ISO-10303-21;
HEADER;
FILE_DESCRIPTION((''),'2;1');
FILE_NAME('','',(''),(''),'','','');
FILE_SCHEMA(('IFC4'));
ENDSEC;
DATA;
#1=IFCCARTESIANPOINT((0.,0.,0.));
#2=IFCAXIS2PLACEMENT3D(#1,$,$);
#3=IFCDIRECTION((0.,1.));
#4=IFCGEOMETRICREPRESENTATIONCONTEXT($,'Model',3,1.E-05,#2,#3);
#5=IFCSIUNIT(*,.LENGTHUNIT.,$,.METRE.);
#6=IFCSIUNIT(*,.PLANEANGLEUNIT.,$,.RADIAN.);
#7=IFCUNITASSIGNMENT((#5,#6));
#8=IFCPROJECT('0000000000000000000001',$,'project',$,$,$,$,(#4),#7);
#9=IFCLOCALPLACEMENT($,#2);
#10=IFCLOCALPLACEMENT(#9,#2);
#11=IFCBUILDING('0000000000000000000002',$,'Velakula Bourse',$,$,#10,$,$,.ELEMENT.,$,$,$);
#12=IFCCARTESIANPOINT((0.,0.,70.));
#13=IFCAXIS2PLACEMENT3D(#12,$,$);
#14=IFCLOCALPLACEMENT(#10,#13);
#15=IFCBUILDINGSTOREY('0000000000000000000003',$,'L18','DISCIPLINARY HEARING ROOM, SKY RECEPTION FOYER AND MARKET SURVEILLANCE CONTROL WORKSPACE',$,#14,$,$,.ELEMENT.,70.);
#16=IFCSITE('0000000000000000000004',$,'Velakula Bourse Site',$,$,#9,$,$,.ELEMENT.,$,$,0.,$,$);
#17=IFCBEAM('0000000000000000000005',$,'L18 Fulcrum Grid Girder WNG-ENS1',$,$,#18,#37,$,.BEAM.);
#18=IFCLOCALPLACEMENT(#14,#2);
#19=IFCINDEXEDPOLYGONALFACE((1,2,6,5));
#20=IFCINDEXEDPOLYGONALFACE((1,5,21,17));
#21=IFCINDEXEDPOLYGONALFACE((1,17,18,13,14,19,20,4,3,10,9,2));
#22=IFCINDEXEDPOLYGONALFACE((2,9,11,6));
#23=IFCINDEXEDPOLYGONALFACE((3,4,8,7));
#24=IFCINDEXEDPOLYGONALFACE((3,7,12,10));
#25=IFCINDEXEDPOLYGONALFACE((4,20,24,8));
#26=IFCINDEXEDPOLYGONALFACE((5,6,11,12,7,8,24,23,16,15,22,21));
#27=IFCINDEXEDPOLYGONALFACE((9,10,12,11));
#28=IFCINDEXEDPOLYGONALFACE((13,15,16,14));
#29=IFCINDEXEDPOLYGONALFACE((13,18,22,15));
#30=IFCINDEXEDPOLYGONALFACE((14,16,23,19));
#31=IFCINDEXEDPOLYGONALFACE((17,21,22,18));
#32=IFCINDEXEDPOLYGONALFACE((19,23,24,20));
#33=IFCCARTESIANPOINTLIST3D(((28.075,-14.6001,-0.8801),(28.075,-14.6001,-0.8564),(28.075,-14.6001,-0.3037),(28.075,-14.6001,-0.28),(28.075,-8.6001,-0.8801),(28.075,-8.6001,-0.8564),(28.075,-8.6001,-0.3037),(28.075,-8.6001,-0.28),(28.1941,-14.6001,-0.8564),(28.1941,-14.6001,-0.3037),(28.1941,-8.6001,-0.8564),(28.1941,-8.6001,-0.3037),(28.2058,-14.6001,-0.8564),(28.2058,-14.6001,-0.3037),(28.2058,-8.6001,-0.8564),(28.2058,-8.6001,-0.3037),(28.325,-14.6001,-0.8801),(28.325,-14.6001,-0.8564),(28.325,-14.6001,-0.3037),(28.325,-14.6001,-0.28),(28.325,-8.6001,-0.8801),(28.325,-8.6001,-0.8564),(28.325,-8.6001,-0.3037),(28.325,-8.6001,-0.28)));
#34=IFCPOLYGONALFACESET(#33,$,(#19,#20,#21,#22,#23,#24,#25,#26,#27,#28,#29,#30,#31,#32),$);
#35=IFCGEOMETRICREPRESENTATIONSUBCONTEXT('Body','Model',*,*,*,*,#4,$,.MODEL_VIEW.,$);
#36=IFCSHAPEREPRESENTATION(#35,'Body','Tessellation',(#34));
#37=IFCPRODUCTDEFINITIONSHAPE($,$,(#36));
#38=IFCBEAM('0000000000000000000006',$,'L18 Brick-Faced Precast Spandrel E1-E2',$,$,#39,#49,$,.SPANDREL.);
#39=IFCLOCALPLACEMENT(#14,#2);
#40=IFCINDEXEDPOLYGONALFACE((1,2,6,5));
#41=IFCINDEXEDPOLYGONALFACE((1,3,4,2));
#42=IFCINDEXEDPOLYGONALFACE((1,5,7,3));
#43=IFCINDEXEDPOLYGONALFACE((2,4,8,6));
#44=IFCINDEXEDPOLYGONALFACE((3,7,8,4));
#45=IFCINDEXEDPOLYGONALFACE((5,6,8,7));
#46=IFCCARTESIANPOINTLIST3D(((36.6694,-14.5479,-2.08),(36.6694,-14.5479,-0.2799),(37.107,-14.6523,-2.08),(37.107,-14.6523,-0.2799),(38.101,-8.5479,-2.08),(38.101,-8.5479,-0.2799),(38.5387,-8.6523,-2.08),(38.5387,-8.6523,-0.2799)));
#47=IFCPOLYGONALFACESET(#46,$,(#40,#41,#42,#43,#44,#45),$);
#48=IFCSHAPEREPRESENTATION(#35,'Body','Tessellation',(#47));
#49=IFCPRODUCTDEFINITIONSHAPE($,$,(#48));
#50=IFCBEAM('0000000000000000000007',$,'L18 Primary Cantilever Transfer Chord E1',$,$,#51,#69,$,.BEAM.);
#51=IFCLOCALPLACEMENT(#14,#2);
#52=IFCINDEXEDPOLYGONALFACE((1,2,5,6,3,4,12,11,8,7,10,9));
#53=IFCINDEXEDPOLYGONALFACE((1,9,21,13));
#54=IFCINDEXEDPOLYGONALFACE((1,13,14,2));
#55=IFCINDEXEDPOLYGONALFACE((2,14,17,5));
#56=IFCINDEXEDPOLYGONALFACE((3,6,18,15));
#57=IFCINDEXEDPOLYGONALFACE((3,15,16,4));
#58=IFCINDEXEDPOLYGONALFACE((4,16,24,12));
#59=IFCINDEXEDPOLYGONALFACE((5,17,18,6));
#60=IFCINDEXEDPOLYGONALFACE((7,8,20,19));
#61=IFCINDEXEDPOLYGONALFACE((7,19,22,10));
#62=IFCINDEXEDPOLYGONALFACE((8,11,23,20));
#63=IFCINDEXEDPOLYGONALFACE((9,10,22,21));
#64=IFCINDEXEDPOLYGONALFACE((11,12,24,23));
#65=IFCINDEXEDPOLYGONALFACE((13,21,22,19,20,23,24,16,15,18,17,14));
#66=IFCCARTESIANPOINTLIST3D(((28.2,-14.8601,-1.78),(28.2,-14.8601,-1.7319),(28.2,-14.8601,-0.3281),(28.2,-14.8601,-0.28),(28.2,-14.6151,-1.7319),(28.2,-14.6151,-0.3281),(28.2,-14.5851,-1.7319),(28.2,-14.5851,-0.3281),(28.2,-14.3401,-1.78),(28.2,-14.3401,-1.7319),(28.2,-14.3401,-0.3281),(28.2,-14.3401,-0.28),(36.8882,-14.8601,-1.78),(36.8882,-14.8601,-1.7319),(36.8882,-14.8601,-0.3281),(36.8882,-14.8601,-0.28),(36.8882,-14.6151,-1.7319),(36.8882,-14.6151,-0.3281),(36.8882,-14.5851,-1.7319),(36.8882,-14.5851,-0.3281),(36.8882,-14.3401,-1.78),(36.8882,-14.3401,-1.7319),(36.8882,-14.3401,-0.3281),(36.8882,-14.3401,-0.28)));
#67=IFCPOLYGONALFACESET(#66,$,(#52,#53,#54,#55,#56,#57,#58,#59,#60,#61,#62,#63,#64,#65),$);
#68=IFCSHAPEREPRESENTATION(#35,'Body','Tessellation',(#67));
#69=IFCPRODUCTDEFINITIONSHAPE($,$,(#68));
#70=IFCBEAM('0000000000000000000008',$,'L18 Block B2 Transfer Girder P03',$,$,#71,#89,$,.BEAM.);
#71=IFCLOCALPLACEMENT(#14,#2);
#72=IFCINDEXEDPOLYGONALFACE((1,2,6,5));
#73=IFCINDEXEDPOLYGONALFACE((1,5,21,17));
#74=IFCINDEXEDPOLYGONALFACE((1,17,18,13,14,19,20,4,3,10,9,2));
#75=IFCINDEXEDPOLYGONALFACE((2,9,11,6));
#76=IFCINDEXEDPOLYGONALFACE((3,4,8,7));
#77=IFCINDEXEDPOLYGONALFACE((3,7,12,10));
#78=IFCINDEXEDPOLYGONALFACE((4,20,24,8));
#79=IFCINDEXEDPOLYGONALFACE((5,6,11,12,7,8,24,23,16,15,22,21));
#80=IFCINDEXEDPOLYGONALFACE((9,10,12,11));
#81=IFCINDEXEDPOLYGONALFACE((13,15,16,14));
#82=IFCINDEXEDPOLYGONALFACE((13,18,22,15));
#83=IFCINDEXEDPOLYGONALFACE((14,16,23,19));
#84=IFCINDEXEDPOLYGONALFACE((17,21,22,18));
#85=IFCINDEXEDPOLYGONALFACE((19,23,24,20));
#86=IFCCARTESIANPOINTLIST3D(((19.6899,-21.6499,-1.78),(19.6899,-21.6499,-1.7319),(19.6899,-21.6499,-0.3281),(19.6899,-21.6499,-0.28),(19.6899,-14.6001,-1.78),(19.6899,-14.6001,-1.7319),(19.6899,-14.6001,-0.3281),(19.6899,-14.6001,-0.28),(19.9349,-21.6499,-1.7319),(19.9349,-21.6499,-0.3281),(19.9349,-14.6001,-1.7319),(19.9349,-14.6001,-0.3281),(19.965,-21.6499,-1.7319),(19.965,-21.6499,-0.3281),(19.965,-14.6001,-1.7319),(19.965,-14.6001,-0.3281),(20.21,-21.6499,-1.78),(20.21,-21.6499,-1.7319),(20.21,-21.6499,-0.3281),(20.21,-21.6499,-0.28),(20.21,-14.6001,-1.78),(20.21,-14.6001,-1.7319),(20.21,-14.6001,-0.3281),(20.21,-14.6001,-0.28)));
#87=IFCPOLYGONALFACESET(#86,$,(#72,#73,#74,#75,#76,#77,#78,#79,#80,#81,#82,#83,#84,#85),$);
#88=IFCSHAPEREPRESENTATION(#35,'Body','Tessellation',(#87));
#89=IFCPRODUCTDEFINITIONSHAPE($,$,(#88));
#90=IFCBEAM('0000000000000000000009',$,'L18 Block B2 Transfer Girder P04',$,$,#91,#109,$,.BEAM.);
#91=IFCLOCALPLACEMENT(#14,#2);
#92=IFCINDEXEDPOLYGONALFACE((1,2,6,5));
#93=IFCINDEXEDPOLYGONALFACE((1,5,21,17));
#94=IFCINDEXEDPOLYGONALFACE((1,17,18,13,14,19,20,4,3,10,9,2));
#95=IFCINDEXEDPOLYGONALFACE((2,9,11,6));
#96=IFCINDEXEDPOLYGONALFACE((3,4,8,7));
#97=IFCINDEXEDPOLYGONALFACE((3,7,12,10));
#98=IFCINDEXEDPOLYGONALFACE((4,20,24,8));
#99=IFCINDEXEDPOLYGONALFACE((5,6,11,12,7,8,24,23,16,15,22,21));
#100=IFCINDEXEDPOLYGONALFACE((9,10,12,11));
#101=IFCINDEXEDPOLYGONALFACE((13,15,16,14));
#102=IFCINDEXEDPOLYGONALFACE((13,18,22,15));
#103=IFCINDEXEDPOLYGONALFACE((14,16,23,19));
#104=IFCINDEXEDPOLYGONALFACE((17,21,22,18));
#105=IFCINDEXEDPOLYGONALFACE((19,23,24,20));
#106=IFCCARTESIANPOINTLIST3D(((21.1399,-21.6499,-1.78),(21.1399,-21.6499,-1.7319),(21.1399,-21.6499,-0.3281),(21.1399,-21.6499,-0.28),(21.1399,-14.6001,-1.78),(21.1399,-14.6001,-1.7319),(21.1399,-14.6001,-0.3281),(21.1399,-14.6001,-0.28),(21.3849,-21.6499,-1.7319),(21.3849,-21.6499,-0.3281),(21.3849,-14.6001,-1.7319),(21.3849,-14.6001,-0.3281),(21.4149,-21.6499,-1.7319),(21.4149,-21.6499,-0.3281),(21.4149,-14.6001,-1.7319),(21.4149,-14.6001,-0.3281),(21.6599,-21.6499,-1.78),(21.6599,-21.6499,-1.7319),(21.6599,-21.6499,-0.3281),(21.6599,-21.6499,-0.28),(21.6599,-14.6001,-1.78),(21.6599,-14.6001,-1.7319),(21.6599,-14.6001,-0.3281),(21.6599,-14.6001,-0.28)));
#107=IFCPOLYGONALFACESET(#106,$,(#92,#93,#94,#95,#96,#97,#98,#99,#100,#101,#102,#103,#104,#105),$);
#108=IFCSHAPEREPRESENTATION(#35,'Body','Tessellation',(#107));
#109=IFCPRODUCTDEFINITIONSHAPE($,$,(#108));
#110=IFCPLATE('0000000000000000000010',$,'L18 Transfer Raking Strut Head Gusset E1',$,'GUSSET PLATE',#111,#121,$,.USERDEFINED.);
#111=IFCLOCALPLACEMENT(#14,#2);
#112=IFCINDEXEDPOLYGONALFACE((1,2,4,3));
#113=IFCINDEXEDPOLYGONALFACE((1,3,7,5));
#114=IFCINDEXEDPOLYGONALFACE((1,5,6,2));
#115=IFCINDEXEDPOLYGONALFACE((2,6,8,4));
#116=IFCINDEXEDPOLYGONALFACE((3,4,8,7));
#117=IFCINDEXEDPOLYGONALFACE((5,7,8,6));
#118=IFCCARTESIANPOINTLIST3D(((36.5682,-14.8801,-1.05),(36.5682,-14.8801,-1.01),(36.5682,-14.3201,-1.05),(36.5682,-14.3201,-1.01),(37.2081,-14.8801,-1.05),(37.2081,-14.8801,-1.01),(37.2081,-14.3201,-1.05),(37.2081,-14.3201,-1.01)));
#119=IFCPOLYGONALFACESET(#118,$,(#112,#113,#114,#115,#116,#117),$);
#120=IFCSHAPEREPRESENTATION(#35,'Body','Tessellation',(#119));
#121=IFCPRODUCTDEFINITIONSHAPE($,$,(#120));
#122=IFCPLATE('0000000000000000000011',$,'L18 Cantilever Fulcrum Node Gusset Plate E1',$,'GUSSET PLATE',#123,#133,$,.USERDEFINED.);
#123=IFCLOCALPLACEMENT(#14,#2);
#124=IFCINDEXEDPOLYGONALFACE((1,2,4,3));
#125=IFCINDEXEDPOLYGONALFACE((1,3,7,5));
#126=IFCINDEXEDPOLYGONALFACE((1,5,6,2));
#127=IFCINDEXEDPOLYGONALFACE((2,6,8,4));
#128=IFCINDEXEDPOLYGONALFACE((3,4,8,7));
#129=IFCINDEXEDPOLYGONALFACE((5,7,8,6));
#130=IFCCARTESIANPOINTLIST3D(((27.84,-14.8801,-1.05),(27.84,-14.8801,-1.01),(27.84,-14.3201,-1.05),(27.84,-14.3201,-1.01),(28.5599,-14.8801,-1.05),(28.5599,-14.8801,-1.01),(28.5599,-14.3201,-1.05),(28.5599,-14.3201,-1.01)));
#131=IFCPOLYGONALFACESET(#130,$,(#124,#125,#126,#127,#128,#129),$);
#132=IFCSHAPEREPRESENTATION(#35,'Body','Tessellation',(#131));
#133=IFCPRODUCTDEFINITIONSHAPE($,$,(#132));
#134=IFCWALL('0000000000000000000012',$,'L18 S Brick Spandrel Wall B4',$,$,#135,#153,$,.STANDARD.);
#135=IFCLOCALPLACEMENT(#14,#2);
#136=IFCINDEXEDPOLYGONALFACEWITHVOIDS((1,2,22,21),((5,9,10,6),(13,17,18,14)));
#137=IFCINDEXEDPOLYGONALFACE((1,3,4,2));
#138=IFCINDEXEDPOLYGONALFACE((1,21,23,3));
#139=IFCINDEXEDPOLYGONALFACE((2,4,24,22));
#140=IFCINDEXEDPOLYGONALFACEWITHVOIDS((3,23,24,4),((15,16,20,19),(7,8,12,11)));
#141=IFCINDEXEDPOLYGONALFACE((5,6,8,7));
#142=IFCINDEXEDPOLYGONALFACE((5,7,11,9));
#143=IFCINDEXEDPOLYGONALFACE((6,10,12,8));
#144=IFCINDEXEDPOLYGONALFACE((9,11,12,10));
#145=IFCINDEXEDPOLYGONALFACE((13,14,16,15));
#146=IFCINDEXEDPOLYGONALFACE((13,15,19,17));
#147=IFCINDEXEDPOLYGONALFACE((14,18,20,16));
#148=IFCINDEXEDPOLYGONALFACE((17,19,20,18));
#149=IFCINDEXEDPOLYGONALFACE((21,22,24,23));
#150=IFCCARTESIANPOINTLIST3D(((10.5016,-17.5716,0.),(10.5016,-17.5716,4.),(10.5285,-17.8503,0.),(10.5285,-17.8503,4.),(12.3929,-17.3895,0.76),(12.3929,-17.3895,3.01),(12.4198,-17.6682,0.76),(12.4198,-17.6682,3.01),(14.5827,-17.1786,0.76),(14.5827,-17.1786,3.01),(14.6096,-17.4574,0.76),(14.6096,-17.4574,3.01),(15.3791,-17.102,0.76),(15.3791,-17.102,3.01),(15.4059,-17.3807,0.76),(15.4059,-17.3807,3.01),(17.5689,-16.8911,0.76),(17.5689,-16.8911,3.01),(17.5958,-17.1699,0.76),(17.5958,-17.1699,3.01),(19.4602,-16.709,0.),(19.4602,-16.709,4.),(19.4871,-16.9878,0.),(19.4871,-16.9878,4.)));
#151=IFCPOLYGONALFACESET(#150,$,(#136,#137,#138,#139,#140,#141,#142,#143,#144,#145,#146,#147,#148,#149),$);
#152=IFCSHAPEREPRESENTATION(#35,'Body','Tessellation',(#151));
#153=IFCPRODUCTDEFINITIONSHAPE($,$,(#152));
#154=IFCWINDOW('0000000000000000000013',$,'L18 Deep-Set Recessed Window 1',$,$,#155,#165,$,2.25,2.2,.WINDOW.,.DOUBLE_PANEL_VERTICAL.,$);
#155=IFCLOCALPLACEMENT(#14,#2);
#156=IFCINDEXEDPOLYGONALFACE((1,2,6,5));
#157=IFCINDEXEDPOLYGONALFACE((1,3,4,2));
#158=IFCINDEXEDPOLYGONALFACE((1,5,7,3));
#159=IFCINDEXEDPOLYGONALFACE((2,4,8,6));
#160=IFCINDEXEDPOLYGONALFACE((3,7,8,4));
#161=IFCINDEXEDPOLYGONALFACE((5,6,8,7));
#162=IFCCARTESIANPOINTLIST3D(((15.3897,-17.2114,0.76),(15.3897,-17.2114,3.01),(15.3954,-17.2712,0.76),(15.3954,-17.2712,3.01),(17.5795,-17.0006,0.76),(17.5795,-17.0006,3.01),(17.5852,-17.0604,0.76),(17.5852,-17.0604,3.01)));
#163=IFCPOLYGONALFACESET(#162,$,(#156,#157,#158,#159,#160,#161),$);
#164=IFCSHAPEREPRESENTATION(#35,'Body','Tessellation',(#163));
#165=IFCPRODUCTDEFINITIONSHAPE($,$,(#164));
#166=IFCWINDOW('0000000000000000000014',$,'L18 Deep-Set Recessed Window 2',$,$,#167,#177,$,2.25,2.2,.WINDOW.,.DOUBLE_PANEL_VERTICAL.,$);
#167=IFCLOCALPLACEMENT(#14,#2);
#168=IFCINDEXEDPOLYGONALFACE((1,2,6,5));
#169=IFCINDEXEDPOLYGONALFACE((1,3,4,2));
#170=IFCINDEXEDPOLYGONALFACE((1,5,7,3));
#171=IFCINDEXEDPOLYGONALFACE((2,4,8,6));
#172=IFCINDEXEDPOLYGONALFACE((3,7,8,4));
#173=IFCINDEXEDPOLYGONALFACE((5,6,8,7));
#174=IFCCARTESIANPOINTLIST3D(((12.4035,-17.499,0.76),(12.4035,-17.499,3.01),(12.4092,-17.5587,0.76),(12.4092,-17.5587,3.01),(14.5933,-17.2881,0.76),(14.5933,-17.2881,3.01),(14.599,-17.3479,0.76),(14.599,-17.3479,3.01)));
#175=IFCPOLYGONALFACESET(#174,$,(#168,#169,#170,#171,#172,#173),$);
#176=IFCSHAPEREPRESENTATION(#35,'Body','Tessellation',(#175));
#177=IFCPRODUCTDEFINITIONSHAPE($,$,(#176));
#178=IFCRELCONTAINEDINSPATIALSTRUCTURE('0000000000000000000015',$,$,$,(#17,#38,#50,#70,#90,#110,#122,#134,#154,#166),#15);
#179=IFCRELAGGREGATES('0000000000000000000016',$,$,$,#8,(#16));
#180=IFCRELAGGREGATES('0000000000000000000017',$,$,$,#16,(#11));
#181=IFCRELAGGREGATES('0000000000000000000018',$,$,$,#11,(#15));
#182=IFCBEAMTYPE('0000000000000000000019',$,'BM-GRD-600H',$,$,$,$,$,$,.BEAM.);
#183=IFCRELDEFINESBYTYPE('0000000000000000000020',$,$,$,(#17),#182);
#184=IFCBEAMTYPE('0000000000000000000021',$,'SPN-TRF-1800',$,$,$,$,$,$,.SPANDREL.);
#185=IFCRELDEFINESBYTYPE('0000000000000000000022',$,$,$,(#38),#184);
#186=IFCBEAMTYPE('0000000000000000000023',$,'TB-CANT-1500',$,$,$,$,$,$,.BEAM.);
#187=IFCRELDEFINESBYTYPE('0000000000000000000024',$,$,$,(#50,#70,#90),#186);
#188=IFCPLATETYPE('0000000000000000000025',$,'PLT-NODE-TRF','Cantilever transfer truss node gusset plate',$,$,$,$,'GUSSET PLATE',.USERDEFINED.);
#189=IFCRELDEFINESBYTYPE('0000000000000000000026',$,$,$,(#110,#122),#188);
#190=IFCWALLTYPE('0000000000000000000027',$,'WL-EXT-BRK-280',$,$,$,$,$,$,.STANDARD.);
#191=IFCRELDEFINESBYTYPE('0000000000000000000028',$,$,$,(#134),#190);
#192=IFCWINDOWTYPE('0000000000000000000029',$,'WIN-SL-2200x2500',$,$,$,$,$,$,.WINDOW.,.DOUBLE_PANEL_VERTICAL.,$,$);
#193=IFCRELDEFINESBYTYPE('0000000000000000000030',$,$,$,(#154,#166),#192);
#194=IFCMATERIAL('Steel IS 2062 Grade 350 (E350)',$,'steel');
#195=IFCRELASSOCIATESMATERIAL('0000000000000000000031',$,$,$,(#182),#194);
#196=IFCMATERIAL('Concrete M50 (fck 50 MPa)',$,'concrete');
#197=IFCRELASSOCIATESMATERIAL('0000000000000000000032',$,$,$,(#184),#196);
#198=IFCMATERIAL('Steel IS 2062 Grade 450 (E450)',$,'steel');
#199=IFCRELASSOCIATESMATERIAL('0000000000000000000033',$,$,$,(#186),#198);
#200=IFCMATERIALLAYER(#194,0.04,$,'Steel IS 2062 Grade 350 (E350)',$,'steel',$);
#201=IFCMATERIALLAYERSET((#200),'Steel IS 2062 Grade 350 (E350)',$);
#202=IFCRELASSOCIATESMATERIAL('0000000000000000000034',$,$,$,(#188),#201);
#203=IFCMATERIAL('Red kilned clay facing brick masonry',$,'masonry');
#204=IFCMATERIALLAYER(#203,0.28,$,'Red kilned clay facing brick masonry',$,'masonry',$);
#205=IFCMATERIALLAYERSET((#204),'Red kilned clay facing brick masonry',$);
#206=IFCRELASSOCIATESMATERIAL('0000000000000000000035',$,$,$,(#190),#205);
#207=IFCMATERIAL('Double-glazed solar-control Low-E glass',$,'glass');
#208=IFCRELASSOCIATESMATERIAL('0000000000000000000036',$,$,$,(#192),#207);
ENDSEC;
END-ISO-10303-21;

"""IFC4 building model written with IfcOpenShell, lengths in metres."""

from ifc_helpers import new_model, si_unit, direction, frame, frame_2d, origin, origin_2d, place, context, subcontext, project, spatial, rectangle, i_section, extrude, material, layer, layer_set, material_profile, profile_set, type_object, element, fill, save


model = new_model("IFC4")

# Units and contexts
model_context = context("Model", 3, precision=1e-05, world=origin(), true_north=direction((0.0, 1.0)))
body_context = subcontext(model_context, "Body", "Model", "MODEL_VIEW")
ifc_project = project(units=[si_unit("LENGTHUNIT", "METRE"), si_unit("PLANEANGLEUNIT", "RADIAN")], contexts=[model_context])

# Site, building, storey
site_placement = place(None, origin())
site = spatial("IfcSite", under=ifc_project, at=site_placement, Name="Velakula Bourse Site", CompositionType="ELEMENT", RefElevation=0.0)
building_placement = place(site_placement, origin())
building = spatial("IfcBuilding", under=site, at=building_placement, Name="Velakula Bourse", CompositionType="ELEMENT")
storey_placement = place(building_placement, frame((0.0, 0.0, 70.0)))
storey = spatial("IfcBuildingStorey", under=building, at=storey_placement, Name="L18", Description="DISCIPLINARY HEARING ROOM, SKY RECEPTION FOYER AND MARKET SURVEILLANCE CONTROL WORKSPACE", CompositionType="ELEMENT", Elevation=70.0)

# Shared definitions
ifc_material_1 = material(Name="Steel IS 2062 Grade 450 (E450)", Category="steel")

# Beams
ifc_material_2 = material(Name="Steel IS 2062 Grade 350 (E350)", Category="steel")
ifc_material_profile_1 = material_profile(ifc_material_2, i_section(OverallWidth=0.25, OverallDepth=0.6001, WebThickness=0.0117, FlangeThickness=0.0237, at=origin_2d()), Name="Steel IS 2062 Grade 350 (E350)")
ifc_profile_set_1 = profile_set([ifc_material_profile_1], Name="Steel IS 2062 Grade 350 (E350)")
beam_type_1 = type_object("IfcBeamType", Name="BM-GRD-600H", PredefinedType="BEAM", material=ifc_profile_set_1)
for number, where, z_axis, x_axis, name in (
    (1, (28.2, -14.6001, -0.5801), (0.0, 1.0, 0.0), (-1.0, 0.0, 0.0), "L18 Fulcrum Grid Girder WNG-ENS1"),
):
    element("IfcBeam", number, at=place(storey_placement, frame(where, z_axis=z_axis, x_axis=x_axis)), inside=storey, type_object=beam_type_1, Name=name, PredefinedType="BEAM", context=body_context, shape_type="SweptSolid", body=[
        extrude(i_section(OverallWidth=0.25, OverallDepth=0.6001, WebThickness=0.0117, FlangeThickness=0.0237, at=origin_2d()), origin(), (0.0, 0.0, 1.0), 6.0),
    ])
ifc_material_3 = material(Name="Concrete M50 (fck 50 MPa)", Category="concrete")
ifc_material_profile_2 = material_profile(ifc_material_3, rectangle(XDim=0.45, YDim=1.8, at=origin_2d()), Name="Concrete M50 (fck 50 MPa)")
ifc_profile_set_2 = profile_set([ifc_material_profile_2], Name="Concrete M50 (fck 50 MPa)")
beam_type_2 = type_object("IfcBeamType", Name="SPN-TRF-1800", PredefinedType="SPANDREL", material=ifc_profile_set_2)
beam_1_placement = place(storey_placement, frame((36.8882, -14.6001, -1.1799), z_axis=(0.232091, 0.972694, 0.0), x_axis=(-0.972694, 0.232091, 0.0)))
element("IfcBeam", 2, at=beam_1_placement, inside=storey, type_object=beam_type_2, Name="L18 Brick-Faced Precast Spandrel E1-E2", PredefinedType="SPANDREL", context=body_context, shape_type="SweptSolid", body=[
    extrude(rectangle(XDim=0.45, YDim=1.8, at=origin_2d()), origin(), (0.0, 0.0, 1.0), 6.1685),
])
ifc_material_profile_3 = material_profile(ifc_material_1, i_section(OverallWidth=0.52, OverallDepth=1.5, WebThickness=0.03, FlangeThickness=0.0481, at=origin_2d()), Name="Steel IS 2062 Grade 450 (E450)")
ifc_profile_set_3 = profile_set([ifc_material_profile_3], Name="Steel IS 2062 Grade 450 (E450)")
beam_type_3 = type_object("IfcBeamType", Name="TB-CANT-1500", PredefinedType="BEAM", material=ifc_profile_set_3)
beam_2_placement = place(storey_placement, frame((28.2, -14.6001, -1.03), z_axis=(1.0, 0.0, 0.0), x_axis=(0.0, 1.0, 0.0)))
element("IfcBeam", 3, at=beam_2_placement, inside=storey, type_object=beam_type_3, Name="L18 Primary Cantilever Transfer Chord E1", PredefinedType="BEAM", context=body_context, shape_type="SweptSolid", body=[
    extrude(i_section(OverallWidth=0.52, OverallDepth=1.5, WebThickness=0.03, FlangeThickness=0.0481, at=origin_2d()), origin(), (0.0, 0.0, 1.0), 8.6882),
])
for number, where, z_axis, x_axis, name in (
    (4, (19.95, -21.6499, -1.03), (0.0, 1.0, 0.0), (-1.0, 0.0, 0.0), "L18 Block B2 Transfer Girder P03"),
    (5, (21.3999, -21.6499, -1.03), (0.0, 1.0, 0.0), (-1.0, 0.0, 0.0), "L18 Block B2 Transfer Girder P04"),
):
    element("IfcBeam", number, at=place(storey_placement, frame(where, z_axis=z_axis, x_axis=x_axis)), inside=storey, type_object=beam_type_3, Name=name, PredefinedType="BEAM", context=body_context, shape_type="SweptSolid", body=[
        extrude(i_section(OverallWidth=0.52, OverallDepth=1.5, WebThickness=0.03, FlangeThickness=0.0481, at=origin_2d()), origin(), (0.0, 0.0, 1.0), 7.0498),
    ])

# Plates
ifc_layer_1 = layer(ifc_material_2, 0.04, Name="Steel IS 2062 Grade 350 (E350)", Category="steel")
ifc_layer_set_1 = layer_set([ifc_layer_1], Name="Steel IS 2062 Grade 350 (E350)")
plate_type = type_object("IfcPlateType", Name="PLT-NODE-TRF", Description="Cantilever transfer truss node gusset plate", ElementType="GUSSET PLATE", PredefinedType="USERDEFINED", material=ifc_layer_set_1)
plate_1_placement = place(storey_placement, frame((36.8882, -14.6001, -1.05), z_axis=(0.0, 0.0, 1.0), x_axis=(1.0, 0.0, 0.0)))
element("IfcPlate", 6, at=plate_1_placement, inside=storey, type_object=plate_type, Name="L18 Transfer Raking Strut Head Gusset E1", ObjectType="GUSSET PLATE", PredefinedType="USERDEFINED", context=body_context, shape_type="SweptSolid", body=[
    extrude(rectangle(XDim=0.6399, YDim=0.5601, at=origin_2d()), origin(), (0.0, 0.0, 1.0), 0.04),
])
plate_2_placement = place(storey_placement, frame((28.2, -14.6001, -1.05), z_axis=(0.0, 0.0, 1.0), x_axis=(1.0, 0.0, 0.0)))
element("IfcPlate", 7, at=plate_2_placement, inside=storey, type_object=plate_type, Name="L18 Cantilever Fulcrum Node Gusset Plate E1", ObjectType="GUSSET PLATE", PredefinedType="USERDEFINED", context=body_context, shape_type="SweptSolid", body=[
    extrude(rectangle(XDim=0.72, YDim=0.5601, at=origin_2d()), origin(), (0.0, 0.0, 1.0), 0.04),
])

# Wall, openings, windows
ifc_material_4 = material(Name="Red kilned clay facing brick masonry", Category="masonry")
ifc_layer_2 = layer(ifc_material_4, 0.28, Name="Red kilned clay facing brick masonry", Category="masonry")
ifc_layer_set_2 = layer_set([ifc_layer_2], Name="Red kilned clay facing brick masonry")
wall_type_1 = type_object("IfcWallType", Name="WL-EXT-BRK-280", PredefinedType="STANDARD", material=ifc_layer_set_2)
wall_1_placement = place(storey_placement, frame((19.4736, -16.8484, 0.0), z_axis=(0.0, 0.0, 1.0), x_axis=(-0.995397, -0.09584, 0.0)))
wall_1 = element("IfcWall", 8, at=wall_1_placement, inside=storey, type_object=wall_type_1, Name="L18 S Brick Spandrel Wall B4", PredefinedType="STANDARD", context=body_context, shape_type="SweptSolid", body=[
    extrude(rectangle(XDim=9.0, YDim=0.28, at=frame_2d((4.5, 0.0))), origin(), (0.0, 0.0, 1.0), 4.0),
])
opening_1_placement = place(wall_1_placement, frame((1.8999, 0.0, 0.76)))
opening_1 = element("IfcOpeningElement", 9, at=opening_1_placement, cuts=wall_1, PredefinedType="OPENING", context=body_context, shape_type="SweptSolid", body=[
    extrude(rectangle(XDim=2.2, YDim=2.25, at=frame_2d((1.1001, 1.125))), frame((0.0, 0.1499, 0.0), z_axis=(0.0, -1.0, 0.0), x_axis=(1.0, 0.0, 0.0)), (0.0, 0.0, 1.0), 0.3),
])
opening_2_placement = place(wall_1_placement, frame((4.8999, 0.0, 0.76)))
opening_2 = element("IfcOpeningElement", 10, at=opening_2_placement, cuts=wall_1, PredefinedType="OPENING", context=body_context, shape_type="SweptSolid", body=[
    extrude(rectangle(XDim=2.2, YDim=2.25, at=frame_2d((1.1001, 1.125))), frame((0.0, 0.1499, 0.0), z_axis=(0.0, -1.0, 0.0), x_axis=(1.0, 0.0, 0.0)), (0.0, 0.0, 1.0), 0.3),
])
ifc_material_5 = material(Name="Double-glazed solar-control Low-E glass", Category="glass")
window_type = type_object("IfcWindowType", Name="WIN-SL-2200x2500", PartitioningType="DOUBLE_PANEL_VERTICAL", PredefinedType="WINDOW", material=ifc_material_5)
window_1_placement = place(opening_1_placement, origin())
window_1 = element("IfcWindow", 11, at=window_1_placement, inside=storey, type_object=window_type, Name="L18 Deep-Set Recessed Window 1", OverallHeight=2.25, OverallWidth=2.2, PartitioningType="DOUBLE_PANEL_VERTICAL", PredefinedType="WINDOW", context=body_context, shape_type="SweptSolid", body=[
    extrude(rectangle(XDim=2.2, YDim=2.25, at=frame_2d((1.1001, 1.125))), frame((0.0, 0.03, 0.0), z_axis=(0.0, -1.0, 0.0), x_axis=(1.0, 0.0, 0.0)), (0.0, 0.0, 1.0), 0.0601),
])
fill(opening_1, window_1)
window_2_placement = place(opening_2_placement, origin())
window_2 = element("IfcWindow", 12, at=window_2_placement, inside=storey, type_object=window_type, Name="L18 Deep-Set Recessed Window 2", OverallHeight=2.25, OverallWidth=2.2, PartitioningType="DOUBLE_PANEL_VERTICAL", PredefinedType="WINDOW", context=body_context, shape_type="SweptSolid", body=[
    extrude(rectangle(XDim=2.2, YDim=2.25, at=frame_2d((1.1001, 1.125))), frame((0.0, 0.03, 0.0), z_axis=(0.0, -1.0, 0.0), x_axis=(1.0, 0.0, 0.0)), (0.0, 0.0, 1.0), 0.0601),
])
fill(opening_2, window_2)

save(model, "model.ifc")
